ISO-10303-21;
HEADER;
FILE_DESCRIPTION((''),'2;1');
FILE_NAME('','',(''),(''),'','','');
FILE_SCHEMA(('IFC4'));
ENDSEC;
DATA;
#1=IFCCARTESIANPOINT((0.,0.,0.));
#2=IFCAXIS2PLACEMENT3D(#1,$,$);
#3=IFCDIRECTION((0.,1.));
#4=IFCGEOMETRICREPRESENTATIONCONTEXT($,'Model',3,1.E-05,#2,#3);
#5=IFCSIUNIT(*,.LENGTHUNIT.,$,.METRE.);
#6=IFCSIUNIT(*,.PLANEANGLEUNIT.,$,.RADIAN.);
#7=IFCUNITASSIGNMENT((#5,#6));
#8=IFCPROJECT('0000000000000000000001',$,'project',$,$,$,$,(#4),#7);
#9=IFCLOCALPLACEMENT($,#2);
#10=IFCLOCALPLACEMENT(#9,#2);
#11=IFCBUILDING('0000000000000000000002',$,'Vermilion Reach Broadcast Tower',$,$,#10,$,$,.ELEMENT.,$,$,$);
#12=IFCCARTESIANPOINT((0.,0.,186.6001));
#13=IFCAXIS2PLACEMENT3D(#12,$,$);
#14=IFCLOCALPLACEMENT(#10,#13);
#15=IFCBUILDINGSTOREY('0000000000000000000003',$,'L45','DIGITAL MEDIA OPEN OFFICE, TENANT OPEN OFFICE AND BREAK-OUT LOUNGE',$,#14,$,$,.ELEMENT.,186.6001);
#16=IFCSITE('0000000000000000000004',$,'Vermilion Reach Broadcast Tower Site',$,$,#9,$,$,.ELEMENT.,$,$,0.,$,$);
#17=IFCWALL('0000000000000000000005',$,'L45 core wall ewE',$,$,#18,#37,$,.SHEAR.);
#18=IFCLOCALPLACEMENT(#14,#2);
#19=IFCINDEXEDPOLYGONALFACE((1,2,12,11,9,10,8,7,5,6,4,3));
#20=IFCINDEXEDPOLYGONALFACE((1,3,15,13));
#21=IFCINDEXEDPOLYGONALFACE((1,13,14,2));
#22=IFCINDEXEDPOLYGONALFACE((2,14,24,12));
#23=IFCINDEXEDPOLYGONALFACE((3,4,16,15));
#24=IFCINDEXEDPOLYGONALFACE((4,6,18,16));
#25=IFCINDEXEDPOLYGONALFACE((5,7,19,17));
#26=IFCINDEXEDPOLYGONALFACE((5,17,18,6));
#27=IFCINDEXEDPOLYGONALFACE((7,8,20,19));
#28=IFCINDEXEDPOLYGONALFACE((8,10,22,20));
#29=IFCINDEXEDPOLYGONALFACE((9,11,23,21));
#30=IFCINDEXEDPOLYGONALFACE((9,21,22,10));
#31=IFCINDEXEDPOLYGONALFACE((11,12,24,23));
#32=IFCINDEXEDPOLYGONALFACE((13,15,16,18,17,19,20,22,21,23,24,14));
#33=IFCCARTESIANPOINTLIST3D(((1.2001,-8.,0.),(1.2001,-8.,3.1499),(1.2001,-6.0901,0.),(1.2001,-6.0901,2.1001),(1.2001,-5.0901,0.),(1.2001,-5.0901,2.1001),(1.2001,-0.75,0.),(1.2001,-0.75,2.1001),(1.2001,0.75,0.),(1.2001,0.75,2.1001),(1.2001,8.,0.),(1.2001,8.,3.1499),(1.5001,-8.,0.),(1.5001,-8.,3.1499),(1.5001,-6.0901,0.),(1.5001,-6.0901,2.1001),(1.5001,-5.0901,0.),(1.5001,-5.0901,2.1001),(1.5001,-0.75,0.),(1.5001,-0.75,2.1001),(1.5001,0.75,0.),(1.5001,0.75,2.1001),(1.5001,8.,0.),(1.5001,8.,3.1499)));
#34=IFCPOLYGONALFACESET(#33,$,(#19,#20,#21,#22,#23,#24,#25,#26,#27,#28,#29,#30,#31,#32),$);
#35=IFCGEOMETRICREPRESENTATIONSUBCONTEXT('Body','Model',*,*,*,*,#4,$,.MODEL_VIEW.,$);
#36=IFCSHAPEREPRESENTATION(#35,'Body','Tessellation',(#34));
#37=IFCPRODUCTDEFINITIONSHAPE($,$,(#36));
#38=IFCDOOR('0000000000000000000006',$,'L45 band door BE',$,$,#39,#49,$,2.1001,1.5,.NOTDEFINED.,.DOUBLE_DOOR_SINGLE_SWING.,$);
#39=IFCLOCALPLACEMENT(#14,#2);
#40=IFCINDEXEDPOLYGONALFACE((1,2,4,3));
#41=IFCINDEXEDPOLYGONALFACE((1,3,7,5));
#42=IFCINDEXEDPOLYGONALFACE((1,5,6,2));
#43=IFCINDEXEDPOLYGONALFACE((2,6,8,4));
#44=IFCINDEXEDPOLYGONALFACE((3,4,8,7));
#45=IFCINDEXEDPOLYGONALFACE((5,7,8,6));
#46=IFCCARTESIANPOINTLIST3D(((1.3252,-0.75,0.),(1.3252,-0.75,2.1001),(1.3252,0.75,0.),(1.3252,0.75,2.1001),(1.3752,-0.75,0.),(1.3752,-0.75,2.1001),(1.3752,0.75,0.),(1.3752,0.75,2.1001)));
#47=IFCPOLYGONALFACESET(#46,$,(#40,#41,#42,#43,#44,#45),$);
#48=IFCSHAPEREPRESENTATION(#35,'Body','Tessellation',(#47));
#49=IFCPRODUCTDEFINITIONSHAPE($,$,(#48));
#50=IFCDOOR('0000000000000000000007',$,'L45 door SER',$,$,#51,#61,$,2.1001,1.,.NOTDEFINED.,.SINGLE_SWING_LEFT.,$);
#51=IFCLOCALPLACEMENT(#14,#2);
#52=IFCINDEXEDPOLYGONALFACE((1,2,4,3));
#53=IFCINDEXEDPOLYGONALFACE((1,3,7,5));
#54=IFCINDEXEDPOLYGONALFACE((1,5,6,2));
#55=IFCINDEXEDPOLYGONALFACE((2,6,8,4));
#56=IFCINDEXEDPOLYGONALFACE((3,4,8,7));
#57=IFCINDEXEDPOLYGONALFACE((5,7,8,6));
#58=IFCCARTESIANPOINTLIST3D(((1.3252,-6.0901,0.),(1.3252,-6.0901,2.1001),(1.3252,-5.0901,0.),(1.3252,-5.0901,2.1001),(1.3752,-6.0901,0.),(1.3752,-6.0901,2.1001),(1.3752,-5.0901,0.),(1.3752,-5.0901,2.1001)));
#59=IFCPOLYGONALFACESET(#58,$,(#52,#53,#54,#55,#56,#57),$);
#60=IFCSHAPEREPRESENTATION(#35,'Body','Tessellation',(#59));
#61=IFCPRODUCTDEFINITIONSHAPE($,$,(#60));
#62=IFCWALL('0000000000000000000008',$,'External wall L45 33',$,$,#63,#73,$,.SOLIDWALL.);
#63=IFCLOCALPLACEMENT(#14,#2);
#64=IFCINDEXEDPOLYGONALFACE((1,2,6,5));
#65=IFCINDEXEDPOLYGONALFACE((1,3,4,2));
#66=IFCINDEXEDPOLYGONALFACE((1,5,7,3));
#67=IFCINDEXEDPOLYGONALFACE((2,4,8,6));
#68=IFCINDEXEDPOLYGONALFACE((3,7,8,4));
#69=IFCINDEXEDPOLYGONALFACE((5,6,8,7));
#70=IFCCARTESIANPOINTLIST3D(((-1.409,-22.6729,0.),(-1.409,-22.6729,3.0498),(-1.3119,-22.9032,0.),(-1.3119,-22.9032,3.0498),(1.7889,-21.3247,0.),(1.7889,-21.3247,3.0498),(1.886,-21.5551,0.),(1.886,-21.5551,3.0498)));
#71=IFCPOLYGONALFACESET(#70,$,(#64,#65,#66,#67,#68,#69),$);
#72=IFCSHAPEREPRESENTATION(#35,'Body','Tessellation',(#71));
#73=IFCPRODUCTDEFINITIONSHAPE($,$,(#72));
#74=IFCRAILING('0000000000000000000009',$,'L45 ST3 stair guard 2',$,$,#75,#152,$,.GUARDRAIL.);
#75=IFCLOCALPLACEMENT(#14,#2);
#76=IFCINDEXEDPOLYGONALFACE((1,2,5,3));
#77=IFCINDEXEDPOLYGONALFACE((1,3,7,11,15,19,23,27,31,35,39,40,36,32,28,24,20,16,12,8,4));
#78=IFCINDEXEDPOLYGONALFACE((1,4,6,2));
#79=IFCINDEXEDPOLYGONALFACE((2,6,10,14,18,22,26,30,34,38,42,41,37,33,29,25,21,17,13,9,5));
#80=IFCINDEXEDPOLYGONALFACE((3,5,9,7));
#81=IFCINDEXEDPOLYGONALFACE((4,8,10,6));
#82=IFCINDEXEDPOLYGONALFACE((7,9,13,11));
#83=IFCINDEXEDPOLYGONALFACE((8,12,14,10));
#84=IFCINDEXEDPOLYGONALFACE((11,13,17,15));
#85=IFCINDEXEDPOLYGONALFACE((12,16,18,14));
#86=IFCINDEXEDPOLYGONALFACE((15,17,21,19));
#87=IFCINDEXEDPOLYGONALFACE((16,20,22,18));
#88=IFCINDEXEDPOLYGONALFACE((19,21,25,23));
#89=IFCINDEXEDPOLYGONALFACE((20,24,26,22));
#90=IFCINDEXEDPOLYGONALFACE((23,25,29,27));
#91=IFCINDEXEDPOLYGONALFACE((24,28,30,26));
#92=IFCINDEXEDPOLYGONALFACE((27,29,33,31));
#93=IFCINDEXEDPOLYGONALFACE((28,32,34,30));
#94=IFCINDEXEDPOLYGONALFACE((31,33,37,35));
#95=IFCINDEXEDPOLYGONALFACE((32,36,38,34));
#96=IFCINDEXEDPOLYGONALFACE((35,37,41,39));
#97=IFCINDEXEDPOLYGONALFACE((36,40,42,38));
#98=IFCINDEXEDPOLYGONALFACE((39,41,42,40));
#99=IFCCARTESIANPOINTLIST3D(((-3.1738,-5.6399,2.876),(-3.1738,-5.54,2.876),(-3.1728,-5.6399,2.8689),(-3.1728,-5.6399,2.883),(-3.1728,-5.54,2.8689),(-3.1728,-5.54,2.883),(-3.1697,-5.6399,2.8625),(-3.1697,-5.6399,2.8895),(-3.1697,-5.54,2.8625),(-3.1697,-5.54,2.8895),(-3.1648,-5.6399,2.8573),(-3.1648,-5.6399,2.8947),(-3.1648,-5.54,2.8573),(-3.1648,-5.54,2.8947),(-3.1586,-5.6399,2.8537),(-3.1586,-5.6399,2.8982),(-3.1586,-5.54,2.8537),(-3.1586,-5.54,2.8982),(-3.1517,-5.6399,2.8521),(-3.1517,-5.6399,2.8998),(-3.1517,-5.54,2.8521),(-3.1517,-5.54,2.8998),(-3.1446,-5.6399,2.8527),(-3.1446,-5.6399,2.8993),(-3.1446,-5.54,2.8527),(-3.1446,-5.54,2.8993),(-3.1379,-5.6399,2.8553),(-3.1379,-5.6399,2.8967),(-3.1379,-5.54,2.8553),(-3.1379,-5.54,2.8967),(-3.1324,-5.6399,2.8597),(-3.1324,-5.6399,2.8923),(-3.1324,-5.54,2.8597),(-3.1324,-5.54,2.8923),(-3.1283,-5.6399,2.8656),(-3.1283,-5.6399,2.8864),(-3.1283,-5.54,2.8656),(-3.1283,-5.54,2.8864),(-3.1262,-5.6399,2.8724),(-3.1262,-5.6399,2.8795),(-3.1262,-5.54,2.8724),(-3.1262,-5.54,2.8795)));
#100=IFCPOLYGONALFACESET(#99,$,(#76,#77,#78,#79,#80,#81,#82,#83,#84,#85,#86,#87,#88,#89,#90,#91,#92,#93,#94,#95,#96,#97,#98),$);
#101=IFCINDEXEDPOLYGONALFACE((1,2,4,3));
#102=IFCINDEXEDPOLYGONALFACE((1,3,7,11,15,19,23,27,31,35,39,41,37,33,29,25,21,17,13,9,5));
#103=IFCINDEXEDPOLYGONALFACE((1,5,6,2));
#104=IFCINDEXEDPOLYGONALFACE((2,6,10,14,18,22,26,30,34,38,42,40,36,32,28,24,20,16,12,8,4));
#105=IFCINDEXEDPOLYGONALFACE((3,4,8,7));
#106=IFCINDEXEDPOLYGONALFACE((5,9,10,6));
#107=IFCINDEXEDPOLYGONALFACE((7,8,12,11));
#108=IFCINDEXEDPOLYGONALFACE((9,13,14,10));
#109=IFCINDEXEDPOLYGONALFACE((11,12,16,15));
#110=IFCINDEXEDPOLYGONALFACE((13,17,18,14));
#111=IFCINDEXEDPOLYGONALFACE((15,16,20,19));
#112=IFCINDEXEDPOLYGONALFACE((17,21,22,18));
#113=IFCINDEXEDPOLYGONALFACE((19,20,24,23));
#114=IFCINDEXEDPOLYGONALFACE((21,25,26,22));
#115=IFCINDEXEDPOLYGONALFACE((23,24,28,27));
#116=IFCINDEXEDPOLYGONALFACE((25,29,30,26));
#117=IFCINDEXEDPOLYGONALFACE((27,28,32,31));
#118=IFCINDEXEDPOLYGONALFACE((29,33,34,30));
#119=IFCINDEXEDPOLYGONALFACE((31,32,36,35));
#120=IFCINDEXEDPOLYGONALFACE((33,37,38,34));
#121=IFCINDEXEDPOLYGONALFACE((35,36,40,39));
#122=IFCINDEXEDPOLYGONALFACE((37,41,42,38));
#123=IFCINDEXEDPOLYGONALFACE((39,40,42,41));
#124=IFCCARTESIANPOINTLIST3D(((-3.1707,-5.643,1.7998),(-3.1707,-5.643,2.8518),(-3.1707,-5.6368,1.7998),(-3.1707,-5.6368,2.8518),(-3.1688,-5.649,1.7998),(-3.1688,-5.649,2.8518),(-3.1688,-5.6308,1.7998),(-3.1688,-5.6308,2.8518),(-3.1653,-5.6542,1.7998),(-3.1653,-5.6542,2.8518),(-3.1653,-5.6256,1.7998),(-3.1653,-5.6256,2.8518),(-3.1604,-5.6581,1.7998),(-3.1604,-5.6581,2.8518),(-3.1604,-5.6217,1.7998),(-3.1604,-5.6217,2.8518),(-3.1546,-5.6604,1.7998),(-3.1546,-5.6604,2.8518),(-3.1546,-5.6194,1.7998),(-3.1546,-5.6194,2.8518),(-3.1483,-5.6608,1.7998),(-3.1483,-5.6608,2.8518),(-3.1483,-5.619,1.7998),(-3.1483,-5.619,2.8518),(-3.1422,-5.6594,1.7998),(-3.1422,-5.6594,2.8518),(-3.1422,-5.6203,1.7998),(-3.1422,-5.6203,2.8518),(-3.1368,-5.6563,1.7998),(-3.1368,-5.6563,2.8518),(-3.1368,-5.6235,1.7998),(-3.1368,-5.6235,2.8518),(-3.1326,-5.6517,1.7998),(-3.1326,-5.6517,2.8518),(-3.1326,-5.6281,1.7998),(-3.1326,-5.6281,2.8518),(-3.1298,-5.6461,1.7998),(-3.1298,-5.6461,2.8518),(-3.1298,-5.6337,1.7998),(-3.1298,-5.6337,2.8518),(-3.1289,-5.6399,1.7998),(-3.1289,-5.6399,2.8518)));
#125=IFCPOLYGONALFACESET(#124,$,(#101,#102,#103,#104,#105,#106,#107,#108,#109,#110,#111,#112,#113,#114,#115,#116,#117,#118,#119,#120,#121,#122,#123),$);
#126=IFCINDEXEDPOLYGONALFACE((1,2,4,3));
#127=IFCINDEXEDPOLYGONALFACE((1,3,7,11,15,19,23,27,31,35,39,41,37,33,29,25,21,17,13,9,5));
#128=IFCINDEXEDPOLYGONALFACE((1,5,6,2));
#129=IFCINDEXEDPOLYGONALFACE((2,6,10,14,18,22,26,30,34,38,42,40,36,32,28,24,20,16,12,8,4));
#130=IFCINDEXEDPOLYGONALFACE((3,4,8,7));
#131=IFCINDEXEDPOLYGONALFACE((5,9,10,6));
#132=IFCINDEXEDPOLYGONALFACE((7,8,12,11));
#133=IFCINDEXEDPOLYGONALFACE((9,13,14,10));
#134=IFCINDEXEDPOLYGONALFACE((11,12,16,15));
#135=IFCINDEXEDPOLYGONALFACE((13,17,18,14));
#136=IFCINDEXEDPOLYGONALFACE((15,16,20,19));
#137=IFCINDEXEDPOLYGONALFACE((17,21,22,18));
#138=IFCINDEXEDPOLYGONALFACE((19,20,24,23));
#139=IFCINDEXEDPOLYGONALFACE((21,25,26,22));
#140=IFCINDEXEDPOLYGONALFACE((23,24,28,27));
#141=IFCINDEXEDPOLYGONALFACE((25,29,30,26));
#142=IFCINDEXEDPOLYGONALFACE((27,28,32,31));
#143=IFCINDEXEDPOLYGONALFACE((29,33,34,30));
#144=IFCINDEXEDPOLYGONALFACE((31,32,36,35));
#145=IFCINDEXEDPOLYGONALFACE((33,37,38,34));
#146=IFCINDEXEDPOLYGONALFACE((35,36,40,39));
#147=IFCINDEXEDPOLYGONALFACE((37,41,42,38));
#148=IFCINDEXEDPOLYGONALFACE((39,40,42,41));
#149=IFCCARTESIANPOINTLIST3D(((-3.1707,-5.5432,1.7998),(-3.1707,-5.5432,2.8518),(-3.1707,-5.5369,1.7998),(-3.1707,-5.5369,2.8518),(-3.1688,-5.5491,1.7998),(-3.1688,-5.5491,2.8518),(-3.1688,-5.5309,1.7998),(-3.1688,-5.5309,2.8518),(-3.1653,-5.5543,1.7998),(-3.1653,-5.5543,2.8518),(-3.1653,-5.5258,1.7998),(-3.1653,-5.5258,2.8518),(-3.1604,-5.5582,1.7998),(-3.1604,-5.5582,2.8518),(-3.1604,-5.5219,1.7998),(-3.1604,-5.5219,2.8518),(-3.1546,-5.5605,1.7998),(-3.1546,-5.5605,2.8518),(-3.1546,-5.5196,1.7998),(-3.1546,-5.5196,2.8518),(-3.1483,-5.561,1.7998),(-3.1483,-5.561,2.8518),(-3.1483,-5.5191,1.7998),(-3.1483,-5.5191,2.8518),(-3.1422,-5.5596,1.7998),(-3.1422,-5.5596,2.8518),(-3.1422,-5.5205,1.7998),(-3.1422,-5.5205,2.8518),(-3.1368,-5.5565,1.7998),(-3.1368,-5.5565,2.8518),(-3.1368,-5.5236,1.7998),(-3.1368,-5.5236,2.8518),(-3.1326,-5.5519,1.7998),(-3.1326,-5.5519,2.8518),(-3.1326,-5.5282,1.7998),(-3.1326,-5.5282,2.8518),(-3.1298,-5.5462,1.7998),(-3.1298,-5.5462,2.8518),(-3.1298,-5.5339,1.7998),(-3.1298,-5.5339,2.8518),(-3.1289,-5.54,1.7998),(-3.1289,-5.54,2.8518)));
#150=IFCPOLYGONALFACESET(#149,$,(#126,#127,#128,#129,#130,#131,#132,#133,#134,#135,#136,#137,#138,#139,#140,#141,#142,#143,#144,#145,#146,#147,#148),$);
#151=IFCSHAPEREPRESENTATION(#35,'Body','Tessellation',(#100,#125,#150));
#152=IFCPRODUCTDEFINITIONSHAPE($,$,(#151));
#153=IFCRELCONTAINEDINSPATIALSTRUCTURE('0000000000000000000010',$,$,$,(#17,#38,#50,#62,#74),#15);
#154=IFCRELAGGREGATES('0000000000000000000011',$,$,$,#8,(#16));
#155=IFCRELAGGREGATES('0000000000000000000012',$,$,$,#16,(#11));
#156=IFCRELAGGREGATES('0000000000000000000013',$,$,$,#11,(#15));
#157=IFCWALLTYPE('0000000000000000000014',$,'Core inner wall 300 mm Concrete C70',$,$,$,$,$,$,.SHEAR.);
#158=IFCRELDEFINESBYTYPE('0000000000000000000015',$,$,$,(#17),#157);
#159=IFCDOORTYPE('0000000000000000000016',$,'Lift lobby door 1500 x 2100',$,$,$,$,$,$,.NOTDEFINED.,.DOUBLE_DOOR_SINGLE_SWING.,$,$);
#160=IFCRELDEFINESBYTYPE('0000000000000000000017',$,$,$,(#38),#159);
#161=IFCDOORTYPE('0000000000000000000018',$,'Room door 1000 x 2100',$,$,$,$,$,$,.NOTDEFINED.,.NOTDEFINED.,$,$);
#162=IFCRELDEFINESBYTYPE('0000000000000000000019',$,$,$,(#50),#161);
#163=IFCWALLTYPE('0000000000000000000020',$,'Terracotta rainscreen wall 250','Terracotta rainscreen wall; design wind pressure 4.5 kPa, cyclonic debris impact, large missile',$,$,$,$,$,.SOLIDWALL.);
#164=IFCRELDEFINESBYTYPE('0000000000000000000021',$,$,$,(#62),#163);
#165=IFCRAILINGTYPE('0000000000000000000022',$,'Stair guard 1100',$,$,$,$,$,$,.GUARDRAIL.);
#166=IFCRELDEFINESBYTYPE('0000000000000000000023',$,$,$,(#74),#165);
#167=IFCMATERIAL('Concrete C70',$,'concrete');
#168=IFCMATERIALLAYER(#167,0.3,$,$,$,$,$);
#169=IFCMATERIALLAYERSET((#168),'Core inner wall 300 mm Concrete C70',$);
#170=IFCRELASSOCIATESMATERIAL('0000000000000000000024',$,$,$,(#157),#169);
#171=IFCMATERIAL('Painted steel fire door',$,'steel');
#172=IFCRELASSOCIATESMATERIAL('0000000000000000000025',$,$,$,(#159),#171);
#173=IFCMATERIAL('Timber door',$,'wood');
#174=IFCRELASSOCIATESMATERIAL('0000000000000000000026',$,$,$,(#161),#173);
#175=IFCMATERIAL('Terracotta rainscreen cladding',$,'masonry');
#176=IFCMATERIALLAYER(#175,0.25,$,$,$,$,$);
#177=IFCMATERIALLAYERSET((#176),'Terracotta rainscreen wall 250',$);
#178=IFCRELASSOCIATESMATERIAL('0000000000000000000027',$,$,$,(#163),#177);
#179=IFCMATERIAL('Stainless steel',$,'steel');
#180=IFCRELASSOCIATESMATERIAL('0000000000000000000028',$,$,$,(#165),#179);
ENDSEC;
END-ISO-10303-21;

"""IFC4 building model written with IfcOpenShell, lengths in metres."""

from ifc_helpers import new_model, si_unit, direction, frame, frame_2d, origin, origin_2d, place, context, subcontext, project, spatial, rectangle, circle, extrude, material, layer, layer_set, type_object, element, fill, save


model = new_model("IFC4")

# Units and contexts
model_context = context("Model", 3, precision=1e-05, world=origin(), true_north=direction((0.0, 1.0)))
body_context = subcontext(model_context, "Body", "Model", "MODEL_VIEW")
ifc_project = project(units=[si_unit("LENGTHUNIT", "METRE"), si_unit("PLANEANGLEUNIT", "RADIAN")], contexts=[model_context])

# Site, building, storey
site_placement = place(None, origin())
site = spatial("IfcSite", under=ifc_project, at=site_placement, Name="Vermilion Reach Broadcast Tower Site", CompositionType="ELEMENT", RefElevation=0.0)
building_placement = place(site_placement, origin())
building = spatial("IfcBuilding", under=site, at=building_placement, Name="Vermilion Reach Broadcast Tower", CompositionType="ELEMENT")
storey_placement = place(building_placement, frame((0.0, 0.0, 186.6001)))
storey = spatial("IfcBuildingStorey", under=building, at=storey_placement, Name="L45", Description="DIGITAL MEDIA OPEN OFFICE, TENANT OPEN OFFICE AND BREAK-OUT LOUNGE", CompositionType="ELEMENT", Elevation=186.6001)

# Wall, openings, doors
ifc_material_1 = material(Name="Concrete C70", Category="concrete")
ifc_layer_1 = layer(ifc_material_1, 0.3)
ifc_layer_set_1 = layer_set([ifc_layer_1], Name="Core inner wall 300 mm Concrete C70")
wall_type_1 = type_object("IfcWallType", Name="Core inner wall 300 mm Concrete C70", PredefinedType="SHEAR", material=ifc_layer_set_1)
wall_1_placement = place(storey_placement, frame((1.3501, -8.0, 0.0), z_axis=(0.0, 0.0, 1.0), x_axis=(0.0, 1.0, 0.0)))
wall_1 = element("IfcWall", 1, at=wall_1_placement, inside=storey, type_object=wall_type_1, Name="L45 core wall ewE", PredefinedType="SHEAR", context=body_context, shape_type="SweptSolid", body=[
    extrude(rectangle(XDim=16.0, YDim=0.3, at=frame_2d((8.0, 0.0))), origin(), (0.0, 0.0, 1.0), 3.1499),
])
opening_1_placement = place(wall_1_placement, frame((1.9099, 0.0, 0.0)))
opening_1 = element("IfcOpeningElement", 2, at=opening_1_placement, cuts=wall_1, PredefinedType="OPENING", context=body_context, shape_type="SweptSolid", body=[
    extrude(rectangle(XDim=1.0, YDim=2.1001, at=frame_2d((0.5, 1.05))), frame((0.0, 0.1599, 0.0), z_axis=(0.0, -1.0, 0.0), x_axis=(1.0, 0.0, 0.0)), (0.0, 0.0, 1.0), 0.3201),
])
opening_2_placement = place(wall_1_placement, frame((7.25, 0.0, 0.0)))
opening_2 = element("IfcOpeningElement", 3, at=opening_2_placement, cuts=wall_1, PredefinedType="OPENING", context=body_context, shape_type="SweptSolid", body=[
    extrude(rectangle(XDim=1.5, YDim=2.1001, at=frame_2d((0.75, 1.05))), frame((0.0, 0.1599, 0.0), z_axis=(0.0, -1.0, 0.0), x_axis=(1.0, 0.0, 0.0)), (0.0, 0.0, 1.0), 0.3201),
])
ifc_material_2 = material(Name="Painted steel fire door", Category="steel")
door_type_1 = type_object("IfcDoorType", Name="Lift lobby door 1500 x 2100", OperationType="DOUBLE_DOOR_SINGLE_SWING", PredefinedType="NOTDEFINED", material=ifc_material_2)
door_1_placement = place(opening_2_placement, origin())
door_1 = element("IfcDoor", 4, at=door_1_placement, inside=storey, type_object=door_type_1, Name="L45 band door BE", OperationType="DOUBLE_DOOR_SINGLE_SWING", OverallHeight=2.1001, OverallWidth=1.5, PredefinedType="NOTDEFINED", context=body_context, shape_type="SweptSolid", body=[
    extrude(rectangle(XDim=1.5, YDim=2.1001, at=frame_2d((0.75, 1.05))), frame((0.0, 0.0249, 0.0), z_axis=(0.0, -1.0, 0.0), x_axis=(1.0, 0.0, 0.0)), (0.0, 0.0, 1.0), 0.05),
])
fill(opening_2, door_1)
ifc_material_3 = material(Name="Timber door", Category="wood")
door_type_2 = type_object("IfcDoorType", Name="Room door 1000 x 2100", OperationType="NOTDEFINED", PredefinedType="NOTDEFINED", material=ifc_material_3)
door_2_placement = place(opening_1_placement, origin())
door_2 = element("IfcDoor", 5, at=door_2_placement, inside=storey, type_object=door_type_2, Name="L45 door SER", OperationType="SINGLE_SWING_LEFT", OverallHeight=2.1001, OverallWidth=1.0, PredefinedType="NOTDEFINED", context=body_context, shape_type="SweptSolid", body=[
    extrude(rectangle(XDim=1.0, YDim=2.1001, at=frame_2d((0.5, 1.05))), frame((0.0, 0.0249, 0.0), z_axis=(0.0, -1.0, 0.0), x_axis=(1.0, 0.0, 0.0)), (0.0, 0.0, 1.0), 0.05),
])
fill(opening_1, door_2)

# Shared definitions
ifc_material_4 = material(Name="Terracotta rainscreen cladding", Category="masonry")
ifc_layer_2 = layer(ifc_material_4, 0.25)
ifc_layer_set_2 = layer_set([ifc_layer_2], Name="Terracotta rainscreen wall 250")
wall_type_2 = type_object("IfcWallType", Name="Terracotta rainscreen wall 250", Description="Terracotta rainscreen wall; design wind pressure 4.5 kPa, cyclonic debris impact, large missile", PredefinedType="SOLIDWALL", material=ifc_layer_set_2)

# Wall
wall_2_placement = place(storey_placement, frame((-1.3606, -22.7881, 0.0), z_axis=(0.0, 0.0, 1.0), x_axis=(0.921468, 0.388453, 0.0)))
element("IfcWall", 6, at=wall_2_placement, inside=storey, type_object=wall_type_2, Name="External wall L45 33", PredefinedType="SOLIDWALL", context=body_context, shape_type="SweptSolid", body=[
    extrude(rectangle(XDim=3.4705, YDim=0.25, at=frame_2d((1.7354, 0.0))), origin(), (0.0, 0.0, 1.0), 3.0498),
])

# Railing
ifc_material_5 = material(Name="Stainless steel", Category="steel")
railing_type = type_object("IfcRailingType", Name="Stair guard 1100", PredefinedType="GUARDRAIL", material=ifc_material_5)
railing_placement = place(storey_placement, frame((-3.1499, -5.6399, 1.7998)))
element("IfcRailing", 7, at=railing_placement, inside=storey, type_object=railing_type, Name="L45 ST3 stair guard 2", PredefinedType="GUARDRAIL", context=body_context, shape_type="SweptSolid", body=[
    extrude(circle(Radius=0.0239, at=origin_2d()), frame((0.0, 0.0, 1.0762), z_axis=(0.0, 1.0, 0.0), x_axis=(-1.0, 0.0, 0.0)), (0.0, 0.0, 1.0), 0.0999),
    extrude(circle(Radius=0.021, at=origin_2d()), origin(), (0.0, 0.0, 1.0), 1.052),
    extrude(circle(Radius=0.021, at=origin_2d()), frame((0.0, 0.0999, 0.0)), (0.0, 0.0, 1.0), 1.052),
])

save(model, "model.ifc")
